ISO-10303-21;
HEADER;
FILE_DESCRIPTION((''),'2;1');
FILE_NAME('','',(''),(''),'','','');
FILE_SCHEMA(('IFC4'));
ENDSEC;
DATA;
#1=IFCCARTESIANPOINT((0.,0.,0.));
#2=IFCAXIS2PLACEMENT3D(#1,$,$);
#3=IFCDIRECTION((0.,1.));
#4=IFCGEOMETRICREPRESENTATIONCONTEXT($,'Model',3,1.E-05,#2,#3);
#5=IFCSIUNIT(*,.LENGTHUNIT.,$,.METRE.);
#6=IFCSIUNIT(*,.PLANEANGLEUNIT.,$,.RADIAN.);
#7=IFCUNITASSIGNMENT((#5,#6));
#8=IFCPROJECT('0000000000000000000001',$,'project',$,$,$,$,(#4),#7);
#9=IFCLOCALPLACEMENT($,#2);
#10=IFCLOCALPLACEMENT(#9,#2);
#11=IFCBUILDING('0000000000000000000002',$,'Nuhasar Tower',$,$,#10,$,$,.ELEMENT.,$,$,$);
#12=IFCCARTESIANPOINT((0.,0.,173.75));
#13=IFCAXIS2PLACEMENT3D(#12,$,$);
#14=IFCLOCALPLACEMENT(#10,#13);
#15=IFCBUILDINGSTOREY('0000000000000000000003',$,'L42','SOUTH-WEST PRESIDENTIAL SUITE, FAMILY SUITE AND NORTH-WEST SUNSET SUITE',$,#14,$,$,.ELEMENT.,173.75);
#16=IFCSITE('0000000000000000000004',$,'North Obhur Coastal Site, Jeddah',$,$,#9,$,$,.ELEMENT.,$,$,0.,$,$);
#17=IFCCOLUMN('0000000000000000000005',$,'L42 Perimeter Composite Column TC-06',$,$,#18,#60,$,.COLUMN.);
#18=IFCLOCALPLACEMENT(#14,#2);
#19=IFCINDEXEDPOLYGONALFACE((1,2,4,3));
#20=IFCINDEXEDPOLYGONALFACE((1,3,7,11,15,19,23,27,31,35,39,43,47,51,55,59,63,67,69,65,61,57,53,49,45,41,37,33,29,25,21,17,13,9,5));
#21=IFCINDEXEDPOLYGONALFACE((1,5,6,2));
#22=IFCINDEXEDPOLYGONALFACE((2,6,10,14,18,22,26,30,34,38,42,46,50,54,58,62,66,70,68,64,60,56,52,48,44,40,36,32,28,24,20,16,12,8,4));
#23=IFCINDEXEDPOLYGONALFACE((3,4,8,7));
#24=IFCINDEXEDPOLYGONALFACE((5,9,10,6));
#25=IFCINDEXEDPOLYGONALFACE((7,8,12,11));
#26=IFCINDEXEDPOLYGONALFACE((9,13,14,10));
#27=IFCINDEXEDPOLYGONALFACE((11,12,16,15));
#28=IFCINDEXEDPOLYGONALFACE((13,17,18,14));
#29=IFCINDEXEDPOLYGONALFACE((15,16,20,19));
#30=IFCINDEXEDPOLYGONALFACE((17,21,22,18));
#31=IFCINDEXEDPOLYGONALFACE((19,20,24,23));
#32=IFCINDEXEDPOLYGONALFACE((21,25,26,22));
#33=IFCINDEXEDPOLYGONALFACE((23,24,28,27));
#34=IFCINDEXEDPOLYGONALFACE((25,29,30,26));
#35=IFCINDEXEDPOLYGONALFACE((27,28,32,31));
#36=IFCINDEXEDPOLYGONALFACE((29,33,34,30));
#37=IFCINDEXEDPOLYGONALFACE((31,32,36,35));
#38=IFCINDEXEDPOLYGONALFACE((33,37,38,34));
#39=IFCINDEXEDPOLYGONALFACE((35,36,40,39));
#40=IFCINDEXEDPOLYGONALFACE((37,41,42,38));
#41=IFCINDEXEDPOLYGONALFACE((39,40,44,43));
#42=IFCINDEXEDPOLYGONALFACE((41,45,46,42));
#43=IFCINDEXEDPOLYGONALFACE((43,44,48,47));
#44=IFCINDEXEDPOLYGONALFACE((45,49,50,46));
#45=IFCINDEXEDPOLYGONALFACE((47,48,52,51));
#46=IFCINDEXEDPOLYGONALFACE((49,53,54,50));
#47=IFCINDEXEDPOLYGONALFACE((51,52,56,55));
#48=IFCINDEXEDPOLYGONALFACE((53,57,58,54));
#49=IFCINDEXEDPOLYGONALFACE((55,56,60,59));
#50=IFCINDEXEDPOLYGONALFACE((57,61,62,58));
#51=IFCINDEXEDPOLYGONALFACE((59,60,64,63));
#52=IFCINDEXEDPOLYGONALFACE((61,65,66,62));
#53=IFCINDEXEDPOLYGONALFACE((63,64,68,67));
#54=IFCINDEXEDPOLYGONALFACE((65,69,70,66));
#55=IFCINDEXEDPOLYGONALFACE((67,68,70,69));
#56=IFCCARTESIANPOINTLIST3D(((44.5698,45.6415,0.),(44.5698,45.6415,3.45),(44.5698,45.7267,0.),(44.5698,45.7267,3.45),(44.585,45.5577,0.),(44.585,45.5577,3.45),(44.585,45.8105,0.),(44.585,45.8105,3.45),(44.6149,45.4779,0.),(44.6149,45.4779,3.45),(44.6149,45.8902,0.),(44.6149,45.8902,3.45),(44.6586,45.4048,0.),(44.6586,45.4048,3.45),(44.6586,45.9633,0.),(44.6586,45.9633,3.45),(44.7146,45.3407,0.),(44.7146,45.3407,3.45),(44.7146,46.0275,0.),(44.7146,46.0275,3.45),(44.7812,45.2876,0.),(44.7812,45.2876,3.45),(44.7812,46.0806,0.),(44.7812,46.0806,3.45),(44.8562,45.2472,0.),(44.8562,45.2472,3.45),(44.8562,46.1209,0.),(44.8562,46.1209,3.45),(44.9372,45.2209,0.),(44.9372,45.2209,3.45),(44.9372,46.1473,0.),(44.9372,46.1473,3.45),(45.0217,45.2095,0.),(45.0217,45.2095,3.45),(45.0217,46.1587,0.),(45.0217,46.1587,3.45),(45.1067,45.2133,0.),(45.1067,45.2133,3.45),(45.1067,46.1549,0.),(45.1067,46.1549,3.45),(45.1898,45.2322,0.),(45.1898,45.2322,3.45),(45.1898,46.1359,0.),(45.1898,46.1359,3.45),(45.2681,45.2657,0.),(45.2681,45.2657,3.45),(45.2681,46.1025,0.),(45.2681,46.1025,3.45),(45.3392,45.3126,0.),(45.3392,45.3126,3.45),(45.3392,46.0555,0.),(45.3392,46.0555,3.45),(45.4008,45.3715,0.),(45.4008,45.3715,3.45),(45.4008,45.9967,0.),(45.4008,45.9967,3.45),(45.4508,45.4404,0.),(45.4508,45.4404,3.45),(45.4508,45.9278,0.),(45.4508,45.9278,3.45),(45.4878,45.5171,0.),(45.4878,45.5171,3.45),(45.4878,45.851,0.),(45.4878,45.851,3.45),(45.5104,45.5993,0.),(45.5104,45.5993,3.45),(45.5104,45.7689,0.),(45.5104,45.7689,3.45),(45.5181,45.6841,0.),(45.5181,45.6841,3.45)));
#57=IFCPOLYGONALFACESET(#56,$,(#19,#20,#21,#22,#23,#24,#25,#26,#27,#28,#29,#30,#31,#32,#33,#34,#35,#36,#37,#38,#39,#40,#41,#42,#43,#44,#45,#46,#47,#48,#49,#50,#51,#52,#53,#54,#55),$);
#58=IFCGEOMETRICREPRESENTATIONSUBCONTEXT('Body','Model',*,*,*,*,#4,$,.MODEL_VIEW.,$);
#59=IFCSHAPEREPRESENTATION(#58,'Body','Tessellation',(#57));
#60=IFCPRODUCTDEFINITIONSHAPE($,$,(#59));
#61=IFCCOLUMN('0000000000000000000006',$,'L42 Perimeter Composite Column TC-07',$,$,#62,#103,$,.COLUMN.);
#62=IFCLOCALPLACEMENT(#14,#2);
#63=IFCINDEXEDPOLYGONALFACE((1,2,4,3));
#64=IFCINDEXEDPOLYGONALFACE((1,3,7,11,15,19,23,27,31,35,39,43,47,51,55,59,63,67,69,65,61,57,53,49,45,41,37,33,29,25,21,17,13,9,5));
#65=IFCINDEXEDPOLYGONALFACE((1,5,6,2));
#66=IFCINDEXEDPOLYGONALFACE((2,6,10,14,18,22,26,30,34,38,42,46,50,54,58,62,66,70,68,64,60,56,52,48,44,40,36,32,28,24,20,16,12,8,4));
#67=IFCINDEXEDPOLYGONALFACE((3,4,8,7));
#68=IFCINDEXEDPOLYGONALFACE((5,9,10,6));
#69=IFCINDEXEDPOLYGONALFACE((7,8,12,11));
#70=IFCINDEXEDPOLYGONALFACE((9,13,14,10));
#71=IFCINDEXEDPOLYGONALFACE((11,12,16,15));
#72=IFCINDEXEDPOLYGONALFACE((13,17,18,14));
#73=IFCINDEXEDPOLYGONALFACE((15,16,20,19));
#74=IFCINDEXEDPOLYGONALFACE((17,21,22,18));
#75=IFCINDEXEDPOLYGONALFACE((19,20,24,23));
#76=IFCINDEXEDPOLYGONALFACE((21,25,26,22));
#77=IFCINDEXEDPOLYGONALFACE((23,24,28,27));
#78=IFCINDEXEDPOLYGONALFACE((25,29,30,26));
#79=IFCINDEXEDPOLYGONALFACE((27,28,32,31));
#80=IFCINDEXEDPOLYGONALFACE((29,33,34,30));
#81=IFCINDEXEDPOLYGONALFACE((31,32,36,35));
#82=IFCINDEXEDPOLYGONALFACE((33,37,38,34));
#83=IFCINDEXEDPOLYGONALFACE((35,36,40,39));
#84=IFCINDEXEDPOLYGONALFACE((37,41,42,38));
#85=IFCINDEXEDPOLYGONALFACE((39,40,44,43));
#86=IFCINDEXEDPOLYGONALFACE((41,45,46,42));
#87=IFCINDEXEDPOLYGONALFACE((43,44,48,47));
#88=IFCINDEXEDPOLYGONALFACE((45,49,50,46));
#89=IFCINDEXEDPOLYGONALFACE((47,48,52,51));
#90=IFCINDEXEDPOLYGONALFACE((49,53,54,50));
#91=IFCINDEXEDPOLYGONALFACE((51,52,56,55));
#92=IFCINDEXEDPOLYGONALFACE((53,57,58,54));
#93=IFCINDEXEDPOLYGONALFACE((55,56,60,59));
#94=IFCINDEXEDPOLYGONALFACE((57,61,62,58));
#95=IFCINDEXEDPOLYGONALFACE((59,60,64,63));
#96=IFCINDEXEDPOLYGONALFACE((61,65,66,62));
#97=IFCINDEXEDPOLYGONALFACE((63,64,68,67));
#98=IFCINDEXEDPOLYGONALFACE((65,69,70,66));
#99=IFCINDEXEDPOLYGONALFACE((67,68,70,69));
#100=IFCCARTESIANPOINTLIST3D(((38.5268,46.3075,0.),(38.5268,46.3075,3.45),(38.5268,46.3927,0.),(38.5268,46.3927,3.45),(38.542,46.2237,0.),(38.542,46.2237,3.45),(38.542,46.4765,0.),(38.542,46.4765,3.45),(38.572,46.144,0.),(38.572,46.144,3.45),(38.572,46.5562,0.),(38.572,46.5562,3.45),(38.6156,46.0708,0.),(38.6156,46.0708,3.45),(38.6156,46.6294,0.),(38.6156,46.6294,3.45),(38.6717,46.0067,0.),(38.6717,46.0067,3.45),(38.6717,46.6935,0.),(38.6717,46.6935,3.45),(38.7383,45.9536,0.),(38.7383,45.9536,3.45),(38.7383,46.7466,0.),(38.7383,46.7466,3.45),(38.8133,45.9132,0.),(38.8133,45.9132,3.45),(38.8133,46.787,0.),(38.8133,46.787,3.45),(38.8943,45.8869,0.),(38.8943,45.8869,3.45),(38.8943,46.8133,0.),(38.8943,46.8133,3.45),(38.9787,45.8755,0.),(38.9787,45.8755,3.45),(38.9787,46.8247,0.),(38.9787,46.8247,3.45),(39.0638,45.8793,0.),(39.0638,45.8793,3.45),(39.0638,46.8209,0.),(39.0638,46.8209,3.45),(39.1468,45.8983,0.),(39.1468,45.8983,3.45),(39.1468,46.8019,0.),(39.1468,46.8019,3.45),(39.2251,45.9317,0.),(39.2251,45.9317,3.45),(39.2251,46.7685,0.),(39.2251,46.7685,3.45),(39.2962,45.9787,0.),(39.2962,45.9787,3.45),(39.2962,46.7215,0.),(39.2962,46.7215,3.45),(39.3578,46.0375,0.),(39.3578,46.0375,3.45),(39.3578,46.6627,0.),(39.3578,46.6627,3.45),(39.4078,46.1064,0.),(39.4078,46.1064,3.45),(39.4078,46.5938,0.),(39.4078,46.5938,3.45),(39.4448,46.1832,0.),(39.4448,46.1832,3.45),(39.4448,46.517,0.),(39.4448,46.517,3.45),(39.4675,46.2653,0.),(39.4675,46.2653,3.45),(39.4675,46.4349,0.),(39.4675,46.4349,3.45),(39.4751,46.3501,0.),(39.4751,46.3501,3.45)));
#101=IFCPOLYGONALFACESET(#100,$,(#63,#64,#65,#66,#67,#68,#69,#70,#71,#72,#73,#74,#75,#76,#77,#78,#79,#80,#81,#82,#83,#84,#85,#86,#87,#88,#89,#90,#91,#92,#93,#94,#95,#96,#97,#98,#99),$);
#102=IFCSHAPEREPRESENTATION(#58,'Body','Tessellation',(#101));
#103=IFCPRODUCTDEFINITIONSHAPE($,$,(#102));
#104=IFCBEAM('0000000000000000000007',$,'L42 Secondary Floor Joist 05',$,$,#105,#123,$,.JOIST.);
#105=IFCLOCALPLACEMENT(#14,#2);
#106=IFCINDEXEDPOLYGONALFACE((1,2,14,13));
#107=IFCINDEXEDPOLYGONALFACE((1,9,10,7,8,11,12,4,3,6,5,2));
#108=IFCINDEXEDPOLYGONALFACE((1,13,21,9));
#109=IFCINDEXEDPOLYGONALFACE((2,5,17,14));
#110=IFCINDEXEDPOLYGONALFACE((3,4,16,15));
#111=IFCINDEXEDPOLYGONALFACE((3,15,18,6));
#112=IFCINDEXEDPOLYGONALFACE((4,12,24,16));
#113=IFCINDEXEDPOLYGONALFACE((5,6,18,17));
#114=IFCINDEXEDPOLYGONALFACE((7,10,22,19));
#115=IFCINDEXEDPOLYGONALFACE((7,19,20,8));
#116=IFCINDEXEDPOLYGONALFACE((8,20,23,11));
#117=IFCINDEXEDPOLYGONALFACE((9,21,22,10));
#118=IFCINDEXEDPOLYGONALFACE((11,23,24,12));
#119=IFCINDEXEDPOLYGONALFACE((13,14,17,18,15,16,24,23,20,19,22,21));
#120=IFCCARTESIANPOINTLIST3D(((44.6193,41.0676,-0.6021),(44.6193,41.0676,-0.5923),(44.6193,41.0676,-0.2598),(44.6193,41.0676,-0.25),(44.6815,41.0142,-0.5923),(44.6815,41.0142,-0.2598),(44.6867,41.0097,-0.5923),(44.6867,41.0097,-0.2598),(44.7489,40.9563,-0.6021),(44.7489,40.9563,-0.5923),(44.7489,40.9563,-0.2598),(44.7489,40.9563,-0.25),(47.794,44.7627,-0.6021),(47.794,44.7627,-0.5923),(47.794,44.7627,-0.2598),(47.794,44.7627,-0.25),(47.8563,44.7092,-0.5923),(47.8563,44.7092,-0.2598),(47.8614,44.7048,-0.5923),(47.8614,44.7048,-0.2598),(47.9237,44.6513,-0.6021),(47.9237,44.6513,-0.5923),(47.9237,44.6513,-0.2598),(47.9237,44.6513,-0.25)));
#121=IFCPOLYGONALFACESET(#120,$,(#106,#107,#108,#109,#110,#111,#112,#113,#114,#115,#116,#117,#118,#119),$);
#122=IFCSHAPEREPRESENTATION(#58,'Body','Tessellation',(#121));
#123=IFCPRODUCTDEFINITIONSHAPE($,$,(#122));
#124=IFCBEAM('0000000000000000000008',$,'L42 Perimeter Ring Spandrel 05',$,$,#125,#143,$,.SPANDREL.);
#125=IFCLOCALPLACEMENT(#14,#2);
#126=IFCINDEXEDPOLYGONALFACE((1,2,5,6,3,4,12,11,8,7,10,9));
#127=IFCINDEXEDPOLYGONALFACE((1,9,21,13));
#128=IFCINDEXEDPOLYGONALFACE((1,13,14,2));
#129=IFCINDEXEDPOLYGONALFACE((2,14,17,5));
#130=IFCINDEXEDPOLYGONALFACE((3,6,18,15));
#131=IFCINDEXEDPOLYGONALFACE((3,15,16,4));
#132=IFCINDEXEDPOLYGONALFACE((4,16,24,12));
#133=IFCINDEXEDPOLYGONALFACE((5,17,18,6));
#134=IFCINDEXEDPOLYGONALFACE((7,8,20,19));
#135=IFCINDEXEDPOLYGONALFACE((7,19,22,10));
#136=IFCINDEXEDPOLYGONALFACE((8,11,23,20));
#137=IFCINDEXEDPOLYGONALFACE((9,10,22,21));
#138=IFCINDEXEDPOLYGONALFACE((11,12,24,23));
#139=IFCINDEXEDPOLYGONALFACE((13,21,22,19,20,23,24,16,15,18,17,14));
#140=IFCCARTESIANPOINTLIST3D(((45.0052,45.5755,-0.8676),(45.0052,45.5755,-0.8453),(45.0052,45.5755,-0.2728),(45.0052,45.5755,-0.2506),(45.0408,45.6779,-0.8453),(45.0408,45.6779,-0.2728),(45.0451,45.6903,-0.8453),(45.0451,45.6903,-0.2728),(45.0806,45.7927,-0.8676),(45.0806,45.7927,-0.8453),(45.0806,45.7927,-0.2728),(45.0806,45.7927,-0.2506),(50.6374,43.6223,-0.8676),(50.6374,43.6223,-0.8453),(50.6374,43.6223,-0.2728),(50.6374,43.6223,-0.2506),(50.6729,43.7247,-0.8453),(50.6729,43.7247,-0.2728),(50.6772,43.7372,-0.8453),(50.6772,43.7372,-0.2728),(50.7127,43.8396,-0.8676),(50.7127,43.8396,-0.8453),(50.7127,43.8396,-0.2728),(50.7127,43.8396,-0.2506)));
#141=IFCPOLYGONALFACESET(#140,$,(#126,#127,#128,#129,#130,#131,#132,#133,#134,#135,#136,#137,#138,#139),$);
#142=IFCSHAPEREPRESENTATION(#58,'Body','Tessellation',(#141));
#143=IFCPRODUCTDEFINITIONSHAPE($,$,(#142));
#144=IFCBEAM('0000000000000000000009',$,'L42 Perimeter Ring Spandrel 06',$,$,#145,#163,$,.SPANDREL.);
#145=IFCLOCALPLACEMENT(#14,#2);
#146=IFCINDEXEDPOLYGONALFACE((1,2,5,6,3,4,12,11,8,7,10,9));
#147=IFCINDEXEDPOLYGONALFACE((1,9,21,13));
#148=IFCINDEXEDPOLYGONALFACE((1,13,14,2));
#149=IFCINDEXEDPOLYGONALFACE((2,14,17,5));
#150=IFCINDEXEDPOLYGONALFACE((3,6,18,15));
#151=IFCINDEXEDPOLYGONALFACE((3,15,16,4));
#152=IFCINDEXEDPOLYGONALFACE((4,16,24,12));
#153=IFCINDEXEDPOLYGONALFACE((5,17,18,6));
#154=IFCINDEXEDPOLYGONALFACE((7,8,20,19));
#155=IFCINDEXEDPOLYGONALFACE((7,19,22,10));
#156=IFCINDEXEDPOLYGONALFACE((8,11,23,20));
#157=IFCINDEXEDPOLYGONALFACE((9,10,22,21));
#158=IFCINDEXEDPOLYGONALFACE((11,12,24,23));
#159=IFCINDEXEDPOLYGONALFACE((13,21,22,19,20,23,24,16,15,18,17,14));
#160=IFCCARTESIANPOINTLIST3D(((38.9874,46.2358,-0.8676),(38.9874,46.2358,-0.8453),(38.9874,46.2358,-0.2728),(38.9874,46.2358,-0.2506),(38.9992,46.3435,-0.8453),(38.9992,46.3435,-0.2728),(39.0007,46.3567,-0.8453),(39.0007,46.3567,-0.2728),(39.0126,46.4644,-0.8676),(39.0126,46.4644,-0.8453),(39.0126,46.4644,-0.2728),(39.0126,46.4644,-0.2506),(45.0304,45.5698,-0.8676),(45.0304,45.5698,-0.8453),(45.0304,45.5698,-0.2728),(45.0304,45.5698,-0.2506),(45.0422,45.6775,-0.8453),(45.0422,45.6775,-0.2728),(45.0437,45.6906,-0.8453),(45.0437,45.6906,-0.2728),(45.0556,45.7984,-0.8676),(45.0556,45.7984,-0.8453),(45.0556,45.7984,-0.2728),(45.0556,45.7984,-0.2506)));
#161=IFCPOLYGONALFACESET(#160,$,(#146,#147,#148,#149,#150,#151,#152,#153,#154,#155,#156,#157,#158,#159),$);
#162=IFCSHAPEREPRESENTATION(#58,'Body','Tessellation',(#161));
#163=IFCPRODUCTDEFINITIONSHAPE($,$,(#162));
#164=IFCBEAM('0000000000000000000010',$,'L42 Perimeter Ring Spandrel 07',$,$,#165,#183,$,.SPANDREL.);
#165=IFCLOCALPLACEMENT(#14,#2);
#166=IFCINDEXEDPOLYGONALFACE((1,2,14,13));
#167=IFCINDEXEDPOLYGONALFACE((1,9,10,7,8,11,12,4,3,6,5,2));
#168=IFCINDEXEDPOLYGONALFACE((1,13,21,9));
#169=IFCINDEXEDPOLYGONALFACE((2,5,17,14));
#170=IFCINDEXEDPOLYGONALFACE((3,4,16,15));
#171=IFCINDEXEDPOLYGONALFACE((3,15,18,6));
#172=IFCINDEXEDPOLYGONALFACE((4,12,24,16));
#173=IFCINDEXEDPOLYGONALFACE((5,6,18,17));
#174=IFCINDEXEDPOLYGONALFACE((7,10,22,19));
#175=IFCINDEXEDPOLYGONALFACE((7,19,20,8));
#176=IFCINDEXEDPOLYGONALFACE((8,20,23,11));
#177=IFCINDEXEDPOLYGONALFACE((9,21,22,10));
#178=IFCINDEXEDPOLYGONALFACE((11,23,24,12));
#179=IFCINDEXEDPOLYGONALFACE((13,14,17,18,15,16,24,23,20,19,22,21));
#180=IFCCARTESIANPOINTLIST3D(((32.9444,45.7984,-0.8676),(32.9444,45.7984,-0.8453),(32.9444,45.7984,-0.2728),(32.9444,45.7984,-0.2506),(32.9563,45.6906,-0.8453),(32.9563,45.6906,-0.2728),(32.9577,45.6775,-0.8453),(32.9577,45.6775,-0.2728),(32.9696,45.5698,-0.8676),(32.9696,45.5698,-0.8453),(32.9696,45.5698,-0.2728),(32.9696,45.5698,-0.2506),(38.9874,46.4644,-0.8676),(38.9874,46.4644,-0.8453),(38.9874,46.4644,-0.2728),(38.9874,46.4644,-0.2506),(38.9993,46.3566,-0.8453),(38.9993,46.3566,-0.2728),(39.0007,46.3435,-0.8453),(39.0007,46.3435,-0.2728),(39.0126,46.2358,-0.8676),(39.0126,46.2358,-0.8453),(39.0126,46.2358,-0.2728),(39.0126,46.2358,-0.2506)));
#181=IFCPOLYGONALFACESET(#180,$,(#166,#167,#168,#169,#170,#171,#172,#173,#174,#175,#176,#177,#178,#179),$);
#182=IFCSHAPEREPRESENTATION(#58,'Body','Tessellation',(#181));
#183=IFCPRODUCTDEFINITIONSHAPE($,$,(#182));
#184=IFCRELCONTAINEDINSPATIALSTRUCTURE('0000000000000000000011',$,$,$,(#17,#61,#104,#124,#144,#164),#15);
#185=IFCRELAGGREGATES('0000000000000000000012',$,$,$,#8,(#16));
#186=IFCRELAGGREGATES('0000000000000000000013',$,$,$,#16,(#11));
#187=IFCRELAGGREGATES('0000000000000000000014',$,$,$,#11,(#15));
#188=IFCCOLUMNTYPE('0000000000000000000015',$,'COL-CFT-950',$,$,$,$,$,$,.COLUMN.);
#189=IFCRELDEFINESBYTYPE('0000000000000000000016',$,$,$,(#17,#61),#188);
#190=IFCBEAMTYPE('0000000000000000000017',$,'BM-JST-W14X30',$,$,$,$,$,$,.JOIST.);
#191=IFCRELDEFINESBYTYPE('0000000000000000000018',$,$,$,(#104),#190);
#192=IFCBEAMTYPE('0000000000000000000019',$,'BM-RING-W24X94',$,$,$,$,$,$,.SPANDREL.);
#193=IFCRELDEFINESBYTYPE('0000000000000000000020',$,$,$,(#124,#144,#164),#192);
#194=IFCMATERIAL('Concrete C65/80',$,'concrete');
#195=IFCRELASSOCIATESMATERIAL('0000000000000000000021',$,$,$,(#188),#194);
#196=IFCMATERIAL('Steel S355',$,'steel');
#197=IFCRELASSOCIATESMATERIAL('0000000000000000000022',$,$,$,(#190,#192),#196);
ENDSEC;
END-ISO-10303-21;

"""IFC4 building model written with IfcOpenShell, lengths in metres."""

from ifc_helpers import new_model, si_unit, direction, frame, origin, origin_2d, place, context, subcontext, project, spatial, circle, i_section, extrude, material, material_profile, profile_set, type_object, element, save


model = new_model("IFC4")

# Units and contexts
model_context = context("Model", 3, precision=1e-05, world=origin(), true_north=direction((0.0, 1.0)))
body_context = subcontext(model_context, "Body", "Model", "MODEL_VIEW")
ifc_project = project(units=[si_unit("LENGTHUNIT", "METRE"), si_unit("PLANEANGLEUNIT", "RADIAN")], contexts=[model_context])

# Site, building, storey
site_placement = place(None, origin())
site = spatial("IfcSite", under=ifc_project, at=site_placement, Name="North Obhur Coastal Site, Jeddah", CompositionType="ELEMENT", RefElevation=0.0)
building_placement = place(site_placement, origin())
building = spatial("IfcBuilding", under=site, at=building_placement, Name="Nuhasar Tower", CompositionType="ELEMENT")
storey_placement = place(building_placement, frame((0.0, 0.0, 173.75)))
storey = spatial("IfcBuildingStorey", under=building, at=storey_placement, Name="L42", Description="SOUTH-WEST PRESIDENTIAL SUITE, FAMILY SUITE AND NORTH-WEST SUNSET SUITE", CompositionType="ELEMENT", Elevation=173.75)

# Columns
ifc_material_1 = material(Name="Concrete C65/80", Category="concrete")
ifc_material_profile_1 = material_profile(ifc_material_1, circle(Radius=0.4751, at=origin_2d()), Name="CFT950")
ifc_profile_set_1 = profile_set([ifc_material_profile_1], Name="Concrete C65/80")
column_type = type_object("IfcColumnType", Name="COL-CFT-950", PredefinedType="COLUMN", material=ifc_profile_set_1)
for number, where, z_axis, x_axis, name in (
    (1, (45.043, 45.6841, 0.0), (0.0, 0.0, 1.0), (1.0, 0.0, 0.0), "L42 Perimeter Composite Column TC-06"),
    (2, (39.0, 46.3501, 0.0), (0.0, 0.0, 1.0), (1.0, 0.0, 0.0), "L42 Perimeter Composite Column TC-07"),
):
    element("IfcColumn", number, at=place(storey_placement, frame(where, z_axis=z_axis, x_axis=x_axis)), inside=storey, type_object=column_type, Name=name, PredefinedType="COLUMN", context=body_context, shape_type="SweptSolid", body=[
        extrude(circle(Radius=0.4751, at=origin_2d()), origin(), (0.0, 0.0, 1.0), 3.45),
    ])

# Beams
ifc_material_2 = material(Name="Steel S355", Category="steel")
ifc_material_profile_2 = material_profile(ifc_material_2, i_section(OverallWidth=0.1709, OverallDepth=0.3521, WebThickness=0.0068, FlangeThickness=0.0098, at=origin_2d()), Name="W14X30")
ifc_profile_set_2 = profile_set([ifc_material_profile_2], Name="Steel S355")
beam_type_1 = type_object("IfcBeamType", Name="BM-JST-W14X30", PredefinedType="JOIST", material=ifc_profile_set_2)
beam_1_placement = place(storey_placement, frame((44.6841, 41.012, -0.426), z_axis=(0.651691, 0.758485, 0.0), x_axis=(-0.758485, 0.651691, 0.0)))
element("IfcBeam", 3, at=beam_1_placement, inside=storey, type_object=beam_type_1, Name="L42 Secondary Floor Joist 05", PredefinedType="JOIST", context=body_context, shape_type="SweptSolid", body=[
    extrude(i_section(OverallWidth=0.1709, OverallDepth=0.3521, WebThickness=0.0068, FlangeThickness=0.0098, at=origin_2d()), origin(), (0.0, 0.0, 1.0), 4.8716),
])
ifc_material_profile_3 = material_profile(ifc_material_2, i_section(OverallWidth=0.23, OverallDepth=0.6169, WebThickness=0.0132, FlangeThickness=0.0222, at=origin_2d()), Name="W24X94")
ifc_profile_set_3 = profile_set([ifc_material_profile_3], Name="Steel S355")
beam_type_2 = type_object("IfcBeamType", Name="BM-RING-W24X94", PredefinedType="SPANDREL", material=ifc_profile_set_3)
beam_2_placement = place(storey_placement, frame((50.675, 43.731, -0.5591), z_axis=(-0.944801, 0.327644, 0.0), x_axis=(-0.327644, -0.944801, 0.0)))
element("IfcBeam", 4, at=beam_2_placement, inside=storey, type_object=beam_type_2, Name="L42 Perimeter Ring Spandrel 05", PredefinedType="SPANDREL", context=body_context, shape_type="SweptSolid", body=[
    extrude(i_section(OverallWidth=0.23, OverallDepth=0.6169, WebThickness=0.0132, FlangeThickness=0.0222, at=origin_2d()), origin(), (0.0, 0.0, 1.0), 5.9612),
])
for number, where, z_axis, x_axis, name in (
    (5, (45.043, 45.6841, -0.5591), (-0.993981, 0.10955, 0.0), (-0.10955, -0.993981, 0.0), "L42 Perimeter Ring Spandrel 06"),
    (6, (39.0, 46.3501, -0.5591), (-0.993981, -0.10955, 0.0), (0.10955, -0.993981, 0.0), "L42 Perimeter Ring Spandrel 07"),
):
    element("IfcBeam", number, at=place(storey_placement, frame(where, z_axis=z_axis, x_axis=x_axis)), inside=storey, type_object=beam_type_2, Name=name, PredefinedType="SPANDREL", context=body_context, shape_type="SweptSolid", body=[
        extrude(i_section(OverallWidth=0.23, OverallDepth=0.6169, WebThickness=0.0132, FlangeThickness=0.0222, at=origin_2d()), origin(), (0.0, 0.0, 1.0), 6.0796),
    ])

save(model, "model.ifc")
